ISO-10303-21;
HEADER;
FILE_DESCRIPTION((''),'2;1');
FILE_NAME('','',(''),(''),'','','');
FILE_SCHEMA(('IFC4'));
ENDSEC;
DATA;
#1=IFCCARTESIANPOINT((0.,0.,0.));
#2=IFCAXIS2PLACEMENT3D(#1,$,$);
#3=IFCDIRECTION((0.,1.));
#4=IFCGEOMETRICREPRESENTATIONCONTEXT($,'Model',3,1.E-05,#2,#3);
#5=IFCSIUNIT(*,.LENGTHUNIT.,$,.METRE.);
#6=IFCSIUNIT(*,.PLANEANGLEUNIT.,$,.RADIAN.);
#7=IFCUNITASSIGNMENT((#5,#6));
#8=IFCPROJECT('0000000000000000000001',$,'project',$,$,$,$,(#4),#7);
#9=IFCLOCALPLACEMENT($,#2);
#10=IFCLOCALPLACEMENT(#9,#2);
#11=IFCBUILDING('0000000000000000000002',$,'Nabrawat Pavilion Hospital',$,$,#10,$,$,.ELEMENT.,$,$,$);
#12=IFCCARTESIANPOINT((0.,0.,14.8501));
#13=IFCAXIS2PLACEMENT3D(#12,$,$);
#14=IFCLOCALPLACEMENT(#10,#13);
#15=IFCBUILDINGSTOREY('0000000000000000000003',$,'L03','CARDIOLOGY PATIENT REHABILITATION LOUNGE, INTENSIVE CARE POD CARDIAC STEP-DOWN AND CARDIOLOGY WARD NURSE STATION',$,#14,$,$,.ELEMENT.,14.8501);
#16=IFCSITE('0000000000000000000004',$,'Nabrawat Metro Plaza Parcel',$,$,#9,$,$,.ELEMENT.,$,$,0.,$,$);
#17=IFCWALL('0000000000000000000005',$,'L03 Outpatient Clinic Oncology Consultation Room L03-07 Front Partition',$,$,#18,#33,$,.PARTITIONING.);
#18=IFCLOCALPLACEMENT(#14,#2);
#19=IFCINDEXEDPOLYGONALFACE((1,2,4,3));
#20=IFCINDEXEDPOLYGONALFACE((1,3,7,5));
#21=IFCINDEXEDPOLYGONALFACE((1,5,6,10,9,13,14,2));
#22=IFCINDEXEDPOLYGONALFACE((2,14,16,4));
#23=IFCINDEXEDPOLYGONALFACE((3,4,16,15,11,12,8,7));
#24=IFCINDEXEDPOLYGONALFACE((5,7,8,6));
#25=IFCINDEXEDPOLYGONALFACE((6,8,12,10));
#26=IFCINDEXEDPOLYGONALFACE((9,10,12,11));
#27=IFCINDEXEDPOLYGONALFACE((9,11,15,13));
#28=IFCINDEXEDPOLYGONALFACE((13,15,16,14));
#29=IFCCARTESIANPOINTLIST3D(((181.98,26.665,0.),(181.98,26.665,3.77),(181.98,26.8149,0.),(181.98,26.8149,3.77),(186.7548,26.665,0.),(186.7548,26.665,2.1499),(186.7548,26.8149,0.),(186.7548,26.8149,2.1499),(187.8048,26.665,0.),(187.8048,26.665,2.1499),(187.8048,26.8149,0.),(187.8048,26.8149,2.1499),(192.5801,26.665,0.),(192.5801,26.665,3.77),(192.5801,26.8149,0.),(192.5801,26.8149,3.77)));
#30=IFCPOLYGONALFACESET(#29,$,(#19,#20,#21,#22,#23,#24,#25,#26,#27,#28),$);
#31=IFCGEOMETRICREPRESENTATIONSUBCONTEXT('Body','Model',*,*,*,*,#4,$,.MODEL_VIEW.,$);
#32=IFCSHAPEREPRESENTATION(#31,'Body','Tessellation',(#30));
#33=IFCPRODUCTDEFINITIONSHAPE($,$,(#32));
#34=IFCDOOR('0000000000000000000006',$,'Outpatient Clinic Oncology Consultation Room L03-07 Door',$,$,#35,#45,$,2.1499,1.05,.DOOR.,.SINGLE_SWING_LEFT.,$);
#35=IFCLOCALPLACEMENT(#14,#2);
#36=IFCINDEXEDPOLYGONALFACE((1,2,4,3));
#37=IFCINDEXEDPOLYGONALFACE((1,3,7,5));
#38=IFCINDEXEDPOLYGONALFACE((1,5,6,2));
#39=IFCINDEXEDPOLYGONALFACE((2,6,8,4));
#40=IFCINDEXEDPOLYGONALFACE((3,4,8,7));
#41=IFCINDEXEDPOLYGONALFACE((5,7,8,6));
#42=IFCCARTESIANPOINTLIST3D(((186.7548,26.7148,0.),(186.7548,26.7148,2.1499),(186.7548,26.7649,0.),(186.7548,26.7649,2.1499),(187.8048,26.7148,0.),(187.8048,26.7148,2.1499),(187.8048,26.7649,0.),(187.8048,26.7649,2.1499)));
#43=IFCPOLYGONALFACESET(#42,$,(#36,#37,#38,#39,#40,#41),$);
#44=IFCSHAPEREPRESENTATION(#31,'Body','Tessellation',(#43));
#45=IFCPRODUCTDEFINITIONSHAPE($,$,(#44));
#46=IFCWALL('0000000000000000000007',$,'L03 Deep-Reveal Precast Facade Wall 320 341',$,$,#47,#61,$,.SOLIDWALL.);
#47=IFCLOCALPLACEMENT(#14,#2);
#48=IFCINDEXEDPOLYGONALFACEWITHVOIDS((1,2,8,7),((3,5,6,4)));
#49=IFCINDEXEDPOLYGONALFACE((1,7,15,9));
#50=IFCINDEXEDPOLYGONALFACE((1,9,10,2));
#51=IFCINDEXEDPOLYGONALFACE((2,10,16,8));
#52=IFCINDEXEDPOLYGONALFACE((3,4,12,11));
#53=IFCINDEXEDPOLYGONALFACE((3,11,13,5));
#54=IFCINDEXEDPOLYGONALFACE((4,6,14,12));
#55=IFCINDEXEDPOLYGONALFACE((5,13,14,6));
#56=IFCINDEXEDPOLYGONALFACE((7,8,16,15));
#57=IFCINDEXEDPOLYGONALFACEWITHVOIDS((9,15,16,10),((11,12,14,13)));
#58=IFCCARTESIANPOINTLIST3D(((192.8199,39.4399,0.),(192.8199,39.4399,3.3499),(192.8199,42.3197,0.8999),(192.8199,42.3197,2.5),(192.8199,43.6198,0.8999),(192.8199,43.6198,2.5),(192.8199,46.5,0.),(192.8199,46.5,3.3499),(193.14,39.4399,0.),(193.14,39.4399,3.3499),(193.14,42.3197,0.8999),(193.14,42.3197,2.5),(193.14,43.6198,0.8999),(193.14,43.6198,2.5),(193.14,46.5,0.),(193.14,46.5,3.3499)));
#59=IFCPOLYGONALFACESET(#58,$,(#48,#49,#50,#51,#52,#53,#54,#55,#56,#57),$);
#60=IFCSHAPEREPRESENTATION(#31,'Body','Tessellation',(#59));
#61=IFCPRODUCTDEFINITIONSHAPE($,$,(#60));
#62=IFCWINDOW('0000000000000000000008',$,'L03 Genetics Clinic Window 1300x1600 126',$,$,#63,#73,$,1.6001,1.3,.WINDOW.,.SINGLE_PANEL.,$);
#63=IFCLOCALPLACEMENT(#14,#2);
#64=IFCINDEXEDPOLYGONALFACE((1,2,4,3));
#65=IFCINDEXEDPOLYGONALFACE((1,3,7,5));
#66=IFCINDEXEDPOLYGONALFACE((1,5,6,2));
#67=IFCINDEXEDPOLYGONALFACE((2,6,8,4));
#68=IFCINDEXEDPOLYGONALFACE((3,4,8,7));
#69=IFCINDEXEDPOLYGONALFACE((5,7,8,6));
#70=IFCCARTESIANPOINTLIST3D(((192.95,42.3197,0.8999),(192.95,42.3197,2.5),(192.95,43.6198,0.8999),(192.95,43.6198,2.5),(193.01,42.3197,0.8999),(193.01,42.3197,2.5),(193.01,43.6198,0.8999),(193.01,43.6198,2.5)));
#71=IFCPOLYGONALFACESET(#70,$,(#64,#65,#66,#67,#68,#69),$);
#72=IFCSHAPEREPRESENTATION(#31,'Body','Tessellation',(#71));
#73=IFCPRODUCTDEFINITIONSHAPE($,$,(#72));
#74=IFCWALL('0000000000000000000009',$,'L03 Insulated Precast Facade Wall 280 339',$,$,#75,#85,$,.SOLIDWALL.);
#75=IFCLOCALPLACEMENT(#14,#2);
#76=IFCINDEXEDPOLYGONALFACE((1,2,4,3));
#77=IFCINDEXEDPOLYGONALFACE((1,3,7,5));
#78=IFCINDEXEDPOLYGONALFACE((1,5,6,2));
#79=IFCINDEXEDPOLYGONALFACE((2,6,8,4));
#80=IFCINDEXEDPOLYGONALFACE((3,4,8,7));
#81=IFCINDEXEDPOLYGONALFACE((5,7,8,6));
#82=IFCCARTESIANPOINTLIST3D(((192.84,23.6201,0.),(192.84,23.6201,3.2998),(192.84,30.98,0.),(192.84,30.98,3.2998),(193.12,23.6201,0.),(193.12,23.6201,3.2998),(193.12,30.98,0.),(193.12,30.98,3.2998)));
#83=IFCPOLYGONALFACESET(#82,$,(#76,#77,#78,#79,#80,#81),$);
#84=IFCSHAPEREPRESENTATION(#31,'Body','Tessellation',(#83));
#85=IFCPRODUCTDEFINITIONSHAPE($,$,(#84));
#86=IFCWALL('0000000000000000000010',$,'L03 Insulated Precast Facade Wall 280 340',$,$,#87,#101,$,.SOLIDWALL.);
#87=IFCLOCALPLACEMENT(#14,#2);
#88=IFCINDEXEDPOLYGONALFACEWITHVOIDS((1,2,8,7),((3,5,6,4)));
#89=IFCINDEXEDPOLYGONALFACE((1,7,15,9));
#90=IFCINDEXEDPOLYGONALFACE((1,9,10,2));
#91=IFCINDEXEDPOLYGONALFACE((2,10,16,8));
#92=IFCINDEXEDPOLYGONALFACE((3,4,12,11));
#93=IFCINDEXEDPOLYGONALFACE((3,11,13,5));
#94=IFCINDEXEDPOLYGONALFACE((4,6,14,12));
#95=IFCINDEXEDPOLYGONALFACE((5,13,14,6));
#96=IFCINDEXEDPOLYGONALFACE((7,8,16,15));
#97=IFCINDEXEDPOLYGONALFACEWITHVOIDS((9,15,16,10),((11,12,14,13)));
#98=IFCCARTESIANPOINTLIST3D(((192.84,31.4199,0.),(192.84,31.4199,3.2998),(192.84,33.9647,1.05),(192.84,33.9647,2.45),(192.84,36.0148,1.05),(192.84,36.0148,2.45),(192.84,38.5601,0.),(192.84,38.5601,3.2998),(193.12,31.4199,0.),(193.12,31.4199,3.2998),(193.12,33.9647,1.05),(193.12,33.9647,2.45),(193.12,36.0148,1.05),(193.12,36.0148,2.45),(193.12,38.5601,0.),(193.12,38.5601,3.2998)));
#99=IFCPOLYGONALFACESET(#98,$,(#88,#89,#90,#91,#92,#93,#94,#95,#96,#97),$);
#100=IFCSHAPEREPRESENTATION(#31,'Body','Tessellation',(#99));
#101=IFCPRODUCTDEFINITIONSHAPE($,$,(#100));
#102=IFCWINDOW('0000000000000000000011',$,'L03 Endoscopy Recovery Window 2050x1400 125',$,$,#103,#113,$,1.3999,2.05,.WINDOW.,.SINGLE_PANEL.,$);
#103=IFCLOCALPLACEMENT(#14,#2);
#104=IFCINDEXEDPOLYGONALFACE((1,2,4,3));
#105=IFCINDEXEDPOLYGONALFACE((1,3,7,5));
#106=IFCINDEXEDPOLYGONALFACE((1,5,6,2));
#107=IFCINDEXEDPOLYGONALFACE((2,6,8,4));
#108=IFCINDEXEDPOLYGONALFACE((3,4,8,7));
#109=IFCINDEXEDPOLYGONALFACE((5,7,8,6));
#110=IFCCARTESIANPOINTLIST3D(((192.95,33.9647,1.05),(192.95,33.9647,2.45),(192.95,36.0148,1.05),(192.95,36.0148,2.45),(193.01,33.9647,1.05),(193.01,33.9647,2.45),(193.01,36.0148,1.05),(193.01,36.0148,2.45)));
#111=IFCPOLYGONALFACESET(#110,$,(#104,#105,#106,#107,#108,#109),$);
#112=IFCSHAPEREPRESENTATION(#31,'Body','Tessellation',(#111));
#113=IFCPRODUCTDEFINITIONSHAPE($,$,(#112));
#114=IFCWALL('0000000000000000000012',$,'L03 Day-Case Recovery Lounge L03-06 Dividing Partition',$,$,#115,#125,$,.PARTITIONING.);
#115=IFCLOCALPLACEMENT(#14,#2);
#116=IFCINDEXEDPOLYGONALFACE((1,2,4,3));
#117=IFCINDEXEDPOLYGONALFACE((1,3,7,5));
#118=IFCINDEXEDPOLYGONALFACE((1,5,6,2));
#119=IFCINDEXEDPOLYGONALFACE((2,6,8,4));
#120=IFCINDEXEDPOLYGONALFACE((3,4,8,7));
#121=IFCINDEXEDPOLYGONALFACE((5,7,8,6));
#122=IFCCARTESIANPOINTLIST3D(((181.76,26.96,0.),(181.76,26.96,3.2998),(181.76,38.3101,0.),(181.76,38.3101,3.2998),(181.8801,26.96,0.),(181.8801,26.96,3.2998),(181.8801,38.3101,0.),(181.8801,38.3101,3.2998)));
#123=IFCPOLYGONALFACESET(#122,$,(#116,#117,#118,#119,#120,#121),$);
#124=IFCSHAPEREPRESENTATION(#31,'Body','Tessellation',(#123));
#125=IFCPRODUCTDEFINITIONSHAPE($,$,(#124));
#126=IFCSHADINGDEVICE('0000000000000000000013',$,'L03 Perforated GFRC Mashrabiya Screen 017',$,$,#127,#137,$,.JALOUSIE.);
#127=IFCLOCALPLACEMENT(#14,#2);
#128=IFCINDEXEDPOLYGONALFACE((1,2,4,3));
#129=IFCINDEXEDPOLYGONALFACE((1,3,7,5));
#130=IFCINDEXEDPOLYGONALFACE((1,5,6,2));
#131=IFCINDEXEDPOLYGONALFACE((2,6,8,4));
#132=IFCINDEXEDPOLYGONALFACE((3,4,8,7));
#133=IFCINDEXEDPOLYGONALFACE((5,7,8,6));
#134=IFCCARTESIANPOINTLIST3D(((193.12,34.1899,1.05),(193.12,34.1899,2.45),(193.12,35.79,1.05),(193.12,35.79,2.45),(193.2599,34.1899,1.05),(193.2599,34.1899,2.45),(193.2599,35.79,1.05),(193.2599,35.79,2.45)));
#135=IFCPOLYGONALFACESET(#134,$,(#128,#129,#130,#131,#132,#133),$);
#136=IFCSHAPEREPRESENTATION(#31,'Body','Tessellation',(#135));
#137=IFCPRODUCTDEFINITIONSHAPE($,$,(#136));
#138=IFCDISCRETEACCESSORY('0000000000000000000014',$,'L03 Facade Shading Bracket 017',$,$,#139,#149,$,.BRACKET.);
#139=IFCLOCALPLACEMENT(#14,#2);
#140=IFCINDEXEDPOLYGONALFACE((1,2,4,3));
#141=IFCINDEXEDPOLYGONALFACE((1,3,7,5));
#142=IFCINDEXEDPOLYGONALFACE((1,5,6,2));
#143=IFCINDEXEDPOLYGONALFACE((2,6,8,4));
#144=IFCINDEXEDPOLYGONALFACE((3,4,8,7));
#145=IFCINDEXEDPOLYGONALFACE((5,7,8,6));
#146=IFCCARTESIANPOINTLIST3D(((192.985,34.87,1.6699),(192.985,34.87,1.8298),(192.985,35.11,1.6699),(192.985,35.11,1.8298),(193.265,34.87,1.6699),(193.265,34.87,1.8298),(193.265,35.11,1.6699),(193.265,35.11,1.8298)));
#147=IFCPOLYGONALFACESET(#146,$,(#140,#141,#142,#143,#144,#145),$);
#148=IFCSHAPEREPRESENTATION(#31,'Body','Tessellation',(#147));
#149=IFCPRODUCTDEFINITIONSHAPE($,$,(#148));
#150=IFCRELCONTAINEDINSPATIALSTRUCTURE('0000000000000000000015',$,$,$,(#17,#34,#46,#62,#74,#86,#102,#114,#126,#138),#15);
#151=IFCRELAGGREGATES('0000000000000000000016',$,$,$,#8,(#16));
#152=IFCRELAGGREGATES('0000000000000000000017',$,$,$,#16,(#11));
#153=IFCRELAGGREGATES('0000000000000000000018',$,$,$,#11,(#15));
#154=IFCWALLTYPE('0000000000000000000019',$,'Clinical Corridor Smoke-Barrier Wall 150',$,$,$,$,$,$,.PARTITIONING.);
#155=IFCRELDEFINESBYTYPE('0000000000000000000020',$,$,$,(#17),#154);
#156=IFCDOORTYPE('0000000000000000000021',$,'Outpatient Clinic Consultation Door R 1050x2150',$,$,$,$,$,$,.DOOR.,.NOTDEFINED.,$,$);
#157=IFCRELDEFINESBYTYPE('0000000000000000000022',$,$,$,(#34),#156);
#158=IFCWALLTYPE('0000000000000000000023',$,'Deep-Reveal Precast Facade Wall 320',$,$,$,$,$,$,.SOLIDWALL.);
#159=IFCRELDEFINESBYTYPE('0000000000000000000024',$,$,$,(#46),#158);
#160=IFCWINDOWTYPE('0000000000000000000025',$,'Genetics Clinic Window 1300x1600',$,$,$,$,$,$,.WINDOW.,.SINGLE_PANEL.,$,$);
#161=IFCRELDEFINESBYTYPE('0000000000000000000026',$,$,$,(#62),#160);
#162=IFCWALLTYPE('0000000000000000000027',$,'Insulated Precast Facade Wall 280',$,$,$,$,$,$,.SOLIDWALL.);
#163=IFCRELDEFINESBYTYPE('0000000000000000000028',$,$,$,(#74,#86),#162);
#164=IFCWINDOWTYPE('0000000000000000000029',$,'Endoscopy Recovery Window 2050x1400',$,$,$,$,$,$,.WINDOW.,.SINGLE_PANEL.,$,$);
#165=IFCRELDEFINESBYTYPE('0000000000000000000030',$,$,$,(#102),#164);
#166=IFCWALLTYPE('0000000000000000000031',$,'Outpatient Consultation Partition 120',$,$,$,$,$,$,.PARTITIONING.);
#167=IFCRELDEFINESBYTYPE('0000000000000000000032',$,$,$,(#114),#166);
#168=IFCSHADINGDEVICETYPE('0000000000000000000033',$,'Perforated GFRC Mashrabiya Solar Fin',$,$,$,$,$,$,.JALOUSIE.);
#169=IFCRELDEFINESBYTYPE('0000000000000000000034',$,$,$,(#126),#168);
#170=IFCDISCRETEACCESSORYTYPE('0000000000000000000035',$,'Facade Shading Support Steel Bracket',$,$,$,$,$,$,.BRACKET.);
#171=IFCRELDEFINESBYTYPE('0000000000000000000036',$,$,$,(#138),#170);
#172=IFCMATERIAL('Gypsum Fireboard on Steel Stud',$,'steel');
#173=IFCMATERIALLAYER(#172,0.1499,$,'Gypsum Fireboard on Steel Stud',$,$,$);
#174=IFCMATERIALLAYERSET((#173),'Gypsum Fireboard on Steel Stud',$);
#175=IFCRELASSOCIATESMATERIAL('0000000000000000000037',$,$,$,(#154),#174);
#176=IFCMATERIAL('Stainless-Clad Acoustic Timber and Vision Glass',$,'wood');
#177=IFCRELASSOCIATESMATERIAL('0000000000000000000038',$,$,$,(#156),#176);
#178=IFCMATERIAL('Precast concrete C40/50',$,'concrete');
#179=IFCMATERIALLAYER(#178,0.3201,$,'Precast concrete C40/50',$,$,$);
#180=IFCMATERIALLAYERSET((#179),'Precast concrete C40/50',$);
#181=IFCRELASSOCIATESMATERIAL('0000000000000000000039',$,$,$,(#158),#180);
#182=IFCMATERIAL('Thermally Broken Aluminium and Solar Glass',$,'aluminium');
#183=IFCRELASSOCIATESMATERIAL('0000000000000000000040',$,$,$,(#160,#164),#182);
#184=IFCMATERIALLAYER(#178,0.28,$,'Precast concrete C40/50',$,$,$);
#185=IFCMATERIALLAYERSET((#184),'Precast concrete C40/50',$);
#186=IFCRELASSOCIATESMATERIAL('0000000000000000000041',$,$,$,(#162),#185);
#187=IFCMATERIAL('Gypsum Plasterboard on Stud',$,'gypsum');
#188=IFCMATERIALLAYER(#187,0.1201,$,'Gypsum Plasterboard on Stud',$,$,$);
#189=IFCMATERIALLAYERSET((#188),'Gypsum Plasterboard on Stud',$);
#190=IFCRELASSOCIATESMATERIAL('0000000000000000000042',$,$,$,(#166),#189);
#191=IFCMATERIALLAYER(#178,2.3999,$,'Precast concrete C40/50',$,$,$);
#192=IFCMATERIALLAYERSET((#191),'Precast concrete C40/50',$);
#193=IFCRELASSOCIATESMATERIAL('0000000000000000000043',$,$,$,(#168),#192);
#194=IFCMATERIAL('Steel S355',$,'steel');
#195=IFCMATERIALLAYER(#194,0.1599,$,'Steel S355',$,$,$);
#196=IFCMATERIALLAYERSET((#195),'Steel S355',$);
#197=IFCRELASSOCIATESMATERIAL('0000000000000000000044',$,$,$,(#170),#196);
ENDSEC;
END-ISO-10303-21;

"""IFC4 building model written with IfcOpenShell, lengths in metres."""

from ifc_helpers import new_model, si_unit, direction, frame, frame_2d, origin, origin_2d, place, context, subcontext, project, spatial, rectangle, extrude, material, layer, layer_set, type_object, element, fill, save


model = new_model("IFC4")

# Units and contexts
model_context = context("Model", 3, precision=1e-05, world=origin(), true_north=direction((0.0, 1.0)))
body_context = subcontext(model_context, "Body", "Model", "MODEL_VIEW")
ifc_project = project(units=[si_unit("LENGTHUNIT", "METRE"), si_unit("PLANEANGLEUNIT", "RADIAN")], contexts=[model_context])

# Site, building, storey
site_placement = place(None, origin())
site = spatial("IfcSite", under=ifc_project, at=site_placement, Name="Nabrawat Metro Plaza Parcel", CompositionType="ELEMENT", RefElevation=0.0)
building_placement = place(site_placement, origin())
building = spatial("IfcBuilding", under=site, at=building_placement, Name="Nabrawat Pavilion Hospital", CompositionType="ELEMENT")
storey_placement = place(building_placement, frame((0.0, 0.0, 14.8501)))
storey = spatial("IfcBuildingStorey", under=building, at=storey_placement, Name="L03", Description="CARDIOLOGY PATIENT REHABILITATION LOUNGE, INTENSIVE CARE POD CARDIAC STEP-DOWN AND CARDIOLOGY WARD NURSE STATION", CompositionType="ELEMENT", Elevation=14.8501)

# Shared definitions
ifc_material_1 = material(Name="Steel S355", Category="steel")

# Wall, opening, door
ifc_material_2 = material(Name="Gypsum Fireboard on Steel Stud", Category="steel")
ifc_layer_1 = layer(ifc_material_2, 0.1499, Name="Gypsum Fireboard on Steel Stud")
ifc_layer_set_1 = layer_set([ifc_layer_1], Name="Gypsum Fireboard on Steel Stud")
wall_type_1 = type_object("IfcWallType", Name="Clinical Corridor Smoke-Barrier Wall 150", PredefinedType="PARTITIONING", material=ifc_layer_set_1)
ifc_material_3 = material(Name="Stainless-Clad Acoustic Timber and Vision Glass", Category="wood")
wall_1_placement = place(storey_placement, frame((181.98, 26.74, 0.0), z_axis=(0.0, 0.0, 1.0), x_axis=(1.0, 0.0, 0.0)))
wall_1 = element("IfcWall", 1, at=wall_1_placement, inside=storey, type_object=wall_type_1, Name="L03 Outpatient Clinic Oncology Consultation Room L03-07 Front Partition", PredefinedType="PARTITIONING", context=body_context, shape_type="SweptSolid", body=[
    extrude(rectangle(XDim=10.6001, YDim=0.1499, at=frame_2d((5.3, 0.0))), origin(), (0.0, 0.0, 1.0), 3.77),
])
opening_1_placement = place(wall_1_placement, frame((4.7749, 0.0, 0.0)))
opening_1 = element("IfcOpeningElement", 2, at=opening_1_placement, cuts=wall_1, PredefinedType="OPENING", context=body_context, shape_type="SweptSolid", body=[
    extrude(rectangle(XDim=1.05, YDim=2.1499, at=frame_2d((0.5249, 1.075))), frame((0.0, 0.085, 0.0), z_axis=(0.0, -1.0, 0.0), x_axis=(1.0, 0.0, 0.0)), (0.0, 0.0, 1.0), 0.1699),
])
door_type_1 = type_object("IfcDoorType", Name="Outpatient Clinic Consultation Door R 1050x2150", OperationType="NOTDEFINED", PredefinedType="DOOR", material=ifc_material_3)
door_1_placement = place(opening_1_placement, origin())
door_1 = element("IfcDoor", 3, at=door_1_placement, inside=storey, type_object=door_type_1, Name="Outpatient Clinic Oncology Consultation Room L03-07 Door", OperationType="SINGLE_SWING_LEFT", OverallHeight=2.1499, OverallWidth=1.05, PredefinedType="DOOR", context=body_context, shape_type="SweptSolid", body=[
    extrude(rectangle(XDim=1.05, YDim=2.1499, at=frame_2d((0.5249, 1.075))), frame((0.0, 0.0249, 0.0), z_axis=(0.0, -1.0, 0.0), x_axis=(1.0, 0.0, 0.0)), (0.0, 0.0, 1.0), 0.05),
])
fill(opening_1, door_1)

# Wall, opening, window
ifc_material_4 = material(Name="Precast concrete C40/50", Category="concrete")
ifc_layer_2 = layer(ifc_material_4, 0.3201, Name="Precast concrete C40/50")
ifc_layer_set_2 = layer_set([ifc_layer_2], Name="Precast concrete C40/50")
wall_type_2 = type_object("IfcWallType", Name="Deep-Reveal Precast Facade Wall 320", PredefinedType="SOLIDWALL", material=ifc_layer_set_2)
wall_2_placement = place(storey_placement, frame((192.98, 39.4399, 0.0), z_axis=(0.0, 0.0, 1.0), x_axis=(0.0, 1.0, 0.0)))
wall_2 = element("IfcWall", 4, at=wall_2_placement, inside=storey, type_object=wall_type_2, Name="L03 Deep-Reveal Precast Facade Wall 320 341", PredefinedType="SOLIDWALL", context=body_context, shape_type="SweptSolid", body=[
    extrude(rectangle(XDim=7.0601, YDim=0.3201, at=frame_2d((3.53, 0.0))), origin(), (0.0, 0.0, 1.0), 3.3499),
])
opening_2_placement = place(wall_2_placement, frame((2.8799, 0.0, 0.8999)))
opening_2 = element("IfcOpeningElement", 5, at=opening_2_placement, cuts=wall_2, PredefinedType="OPENING", context=body_context, shape_type="SweptSolid", body=[
    extrude(rectangle(XDim=1.3, YDim=1.6001, at=frame_2d((0.6499, 0.8))), frame((0.0, 0.1699, 0.0), z_axis=(0.0, -1.0, 0.0), x_axis=(1.0, 0.0, 0.0)), (0.0, 0.0, 1.0), 0.3401),
])
ifc_material_5 = material(Name="Thermally Broken Aluminium and Solar Glass", Category="aluminium")
window_type_1 = type_object("IfcWindowType", Name="Genetics Clinic Window 1300x1600", PartitioningType="SINGLE_PANEL", PredefinedType="WINDOW", material=ifc_material_5)
window_1_placement = place(opening_2_placement, origin())
window_1 = element("IfcWindow", 6, at=window_1_placement, inside=storey, type_object=window_type_1, Name="L03 Genetics Clinic Window 1300x1600 126", OverallHeight=1.6001, OverallWidth=1.3, PartitioningType="SINGLE_PANEL", PredefinedType="WINDOW", context=body_context, shape_type="SweptSolid", body=[
    extrude(rectangle(XDim=1.3, YDim=1.6001, at=frame_2d((0.6499, 0.8))), frame((0.0, 0.03, 0.0), z_axis=(0.0, -1.0, 0.0), x_axis=(1.0, 0.0, 0.0)), (0.0, 0.0, 1.0), 0.0601),
])
fill(opening_2, window_1)

# Wall
ifc_layer_3 = layer(ifc_material_4, 0.28, Name="Precast concrete C40/50")
ifc_layer_set_3 = layer_set([ifc_layer_3], Name="Precast concrete C40/50")
wall_type_3 = type_object("IfcWallType", Name="Insulated Precast Facade Wall 280", PredefinedType="SOLIDWALL", material=ifc_layer_set_3)
wall_3_placement = place(storey_placement, frame((192.98, 23.6201, 0.0), z_axis=(0.0, 0.0, 1.0), x_axis=(0.0, 1.0, 0.0)))
element("IfcWall", 7, at=wall_3_placement, inside=storey, type_object=wall_type_3, Name="L03 Insulated Precast Facade Wall 280 339", PredefinedType="SOLIDWALL", context=body_context, shape_type="SweptSolid", body=[
    extrude(rectangle(XDim=7.3599, YDim=0.28, at=frame_2d((3.6799, 0.0))), origin(), (0.0, 0.0, 1.0), 3.2998),
])

# Wall, opening, window
wall_4_placement = place(storey_placement, frame((192.98, 31.4199, 0.0), z_axis=(0.0, 0.0, 1.0), x_axis=(0.0, 1.0, 0.0)))
wall_4 = element("IfcWall", 8, at=wall_4_placement, inside=storey, type_object=wall_type_3, Name="L03 Insulated Precast Facade Wall 280 340", PredefinedType="SOLIDWALL", context=body_context, shape_type="SweptSolid", body=[
    extrude(rectangle(XDim=7.1401, YDim=0.28, at=frame_2d((3.5701, 0.0))), origin(), (0.0, 0.0, 1.0), 3.2998),
])
opening_3_placement = place(wall_4_placement, frame((2.5449, 0.0, 1.05)))
opening_3 = element("IfcOpeningElement", 9, at=opening_3_placement, cuts=wall_4, PredefinedType="OPENING", context=body_context, shape_type="SweptSolid", body=[
    extrude(rectangle(XDim=2.05, YDim=1.3999, at=frame_2d((1.0249, 0.7))), frame((0.0, 0.1499, 0.0), z_axis=(0.0, -1.0, 0.0), x_axis=(1.0, 0.0, 0.0)), (0.0, 0.0, 1.0), 0.3),
])
window_type_2 = type_object("IfcWindowType", Name="Endoscopy Recovery Window 2050x1400", PartitioningType="SINGLE_PANEL", PredefinedType="WINDOW", material=ifc_material_5)
window_2_placement = place(opening_3_placement, origin())
window_2 = element("IfcWindow", 10, at=window_2_placement, inside=storey, type_object=window_type_2, Name="L03 Endoscopy Recovery Window 2050x1400 125", OverallHeight=1.3999, OverallWidth=2.05, PartitioningType="SINGLE_PANEL", PredefinedType="WINDOW", context=body_context, shape_type="SweptSolid", body=[
    extrude(rectangle(XDim=2.05, YDim=1.3999, at=frame_2d((1.0249, 0.7))), frame((0.0, 0.03, 0.0), z_axis=(0.0, -1.0, 0.0), x_axis=(1.0, 0.0, 0.0)), (0.0, 0.0, 1.0), 0.0601),
])
fill(opening_3, window_2)

# Wall
ifc_material_6 = material(Name="Gypsum Plasterboard on Stud", Category="gypsum")
ifc_layer_4 = layer(ifc_material_6, 0.1201, Name="Gypsum Plasterboard on Stud")
ifc_layer_set_4 = layer_set([ifc_layer_4], Name="Gypsum Plasterboard on Stud")
wall_type_4 = type_object("IfcWallType", Name="Outpatient Consultation Partition 120", PredefinedType="PARTITIONING", material=ifc_layer_set_4)
wall_5_placement = place(storey_placement, frame((181.8201, 26.96, 0.0), z_axis=(0.0, 0.0, 1.0), x_axis=(0.0, 1.0, 0.0)))
element("IfcWall", 11, at=wall_5_placement, inside=storey, type_object=wall_type_4, Name="L03 Day-Case Recovery Lounge L03-06 Dividing Partition", PredefinedType="PARTITIONING", context=body_context, shape_type="SweptSolid", body=[
    extrude(rectangle(XDim=11.3501, YDim=0.1201, at=frame_2d((5.675, 0.0))), origin(), (0.0, 0.0, 1.0), 3.2998),
])

# Shading device
ifc_layer_5 = layer(ifc_material_4, 2.3999, Name="Precast concrete C40/50")
ifc_layer_set_5 = layer_set([ifc_layer_5], Name="Precast concrete C40/50")
shading_device_type = type_object("IfcShadingDeviceType", Name="Perforated GFRC Mashrabiya Solar Fin", PredefinedType="JALOUSIE", material=ifc_layer_set_5)
shading_device_placement = place(storey_placement, frame((193.1899, 34.99, 1.05), z_axis=(0.0, 0.0, 1.0), x_axis=(0.0, 1.0, 0.0)))
element("IfcShadingDevice", 12, at=shading_device_placement, inside=storey, type_object=shading_device_type, Name="L03 Perforated GFRC Mashrabiya Screen 017", PredefinedType="JALOUSIE", context=body_context, shape_type="SweptSolid", body=[
    extrude(rectangle(XDim=1.6001, YDim=0.1399, at=origin_2d()), origin(), (0.0, 0.0, 1.0), 1.3999),
])

# Discrete accessory
ifc_layer_6 = layer(ifc_material_1, 0.1599, Name="Steel S355")
ifc_layer_set_6 = layer_set([ifc_layer_6], Name="Steel S355")
discrete_accessory_type = type_object("IfcDiscreteAccessoryType", Name="Facade Shading Support Steel Bracket", PredefinedType="BRACKET", material=ifc_layer_set_6)
discrete_accessory_placement = place(storey_placement, frame((193.125, 34.99, 1.6699), z_axis=(0.0, 0.0, 1.0), x_axis=(0.0, 1.0, 0.0)))
element("IfcDiscreteAccessory", 13, at=discrete_accessory_placement, inside=storey, type_object=discrete_accessory_type, Name="L03 Facade Shading Bracket 017", PredefinedType="BRACKET", context=body_context, shape_type="SweptSolid", body=[
    extrude(rectangle(XDim=0.24, YDim=0.28, at=origin_2d()), origin(), (0.0, 0.0, 1.0), 0.1599),
])

save(model, "model.ifc")
